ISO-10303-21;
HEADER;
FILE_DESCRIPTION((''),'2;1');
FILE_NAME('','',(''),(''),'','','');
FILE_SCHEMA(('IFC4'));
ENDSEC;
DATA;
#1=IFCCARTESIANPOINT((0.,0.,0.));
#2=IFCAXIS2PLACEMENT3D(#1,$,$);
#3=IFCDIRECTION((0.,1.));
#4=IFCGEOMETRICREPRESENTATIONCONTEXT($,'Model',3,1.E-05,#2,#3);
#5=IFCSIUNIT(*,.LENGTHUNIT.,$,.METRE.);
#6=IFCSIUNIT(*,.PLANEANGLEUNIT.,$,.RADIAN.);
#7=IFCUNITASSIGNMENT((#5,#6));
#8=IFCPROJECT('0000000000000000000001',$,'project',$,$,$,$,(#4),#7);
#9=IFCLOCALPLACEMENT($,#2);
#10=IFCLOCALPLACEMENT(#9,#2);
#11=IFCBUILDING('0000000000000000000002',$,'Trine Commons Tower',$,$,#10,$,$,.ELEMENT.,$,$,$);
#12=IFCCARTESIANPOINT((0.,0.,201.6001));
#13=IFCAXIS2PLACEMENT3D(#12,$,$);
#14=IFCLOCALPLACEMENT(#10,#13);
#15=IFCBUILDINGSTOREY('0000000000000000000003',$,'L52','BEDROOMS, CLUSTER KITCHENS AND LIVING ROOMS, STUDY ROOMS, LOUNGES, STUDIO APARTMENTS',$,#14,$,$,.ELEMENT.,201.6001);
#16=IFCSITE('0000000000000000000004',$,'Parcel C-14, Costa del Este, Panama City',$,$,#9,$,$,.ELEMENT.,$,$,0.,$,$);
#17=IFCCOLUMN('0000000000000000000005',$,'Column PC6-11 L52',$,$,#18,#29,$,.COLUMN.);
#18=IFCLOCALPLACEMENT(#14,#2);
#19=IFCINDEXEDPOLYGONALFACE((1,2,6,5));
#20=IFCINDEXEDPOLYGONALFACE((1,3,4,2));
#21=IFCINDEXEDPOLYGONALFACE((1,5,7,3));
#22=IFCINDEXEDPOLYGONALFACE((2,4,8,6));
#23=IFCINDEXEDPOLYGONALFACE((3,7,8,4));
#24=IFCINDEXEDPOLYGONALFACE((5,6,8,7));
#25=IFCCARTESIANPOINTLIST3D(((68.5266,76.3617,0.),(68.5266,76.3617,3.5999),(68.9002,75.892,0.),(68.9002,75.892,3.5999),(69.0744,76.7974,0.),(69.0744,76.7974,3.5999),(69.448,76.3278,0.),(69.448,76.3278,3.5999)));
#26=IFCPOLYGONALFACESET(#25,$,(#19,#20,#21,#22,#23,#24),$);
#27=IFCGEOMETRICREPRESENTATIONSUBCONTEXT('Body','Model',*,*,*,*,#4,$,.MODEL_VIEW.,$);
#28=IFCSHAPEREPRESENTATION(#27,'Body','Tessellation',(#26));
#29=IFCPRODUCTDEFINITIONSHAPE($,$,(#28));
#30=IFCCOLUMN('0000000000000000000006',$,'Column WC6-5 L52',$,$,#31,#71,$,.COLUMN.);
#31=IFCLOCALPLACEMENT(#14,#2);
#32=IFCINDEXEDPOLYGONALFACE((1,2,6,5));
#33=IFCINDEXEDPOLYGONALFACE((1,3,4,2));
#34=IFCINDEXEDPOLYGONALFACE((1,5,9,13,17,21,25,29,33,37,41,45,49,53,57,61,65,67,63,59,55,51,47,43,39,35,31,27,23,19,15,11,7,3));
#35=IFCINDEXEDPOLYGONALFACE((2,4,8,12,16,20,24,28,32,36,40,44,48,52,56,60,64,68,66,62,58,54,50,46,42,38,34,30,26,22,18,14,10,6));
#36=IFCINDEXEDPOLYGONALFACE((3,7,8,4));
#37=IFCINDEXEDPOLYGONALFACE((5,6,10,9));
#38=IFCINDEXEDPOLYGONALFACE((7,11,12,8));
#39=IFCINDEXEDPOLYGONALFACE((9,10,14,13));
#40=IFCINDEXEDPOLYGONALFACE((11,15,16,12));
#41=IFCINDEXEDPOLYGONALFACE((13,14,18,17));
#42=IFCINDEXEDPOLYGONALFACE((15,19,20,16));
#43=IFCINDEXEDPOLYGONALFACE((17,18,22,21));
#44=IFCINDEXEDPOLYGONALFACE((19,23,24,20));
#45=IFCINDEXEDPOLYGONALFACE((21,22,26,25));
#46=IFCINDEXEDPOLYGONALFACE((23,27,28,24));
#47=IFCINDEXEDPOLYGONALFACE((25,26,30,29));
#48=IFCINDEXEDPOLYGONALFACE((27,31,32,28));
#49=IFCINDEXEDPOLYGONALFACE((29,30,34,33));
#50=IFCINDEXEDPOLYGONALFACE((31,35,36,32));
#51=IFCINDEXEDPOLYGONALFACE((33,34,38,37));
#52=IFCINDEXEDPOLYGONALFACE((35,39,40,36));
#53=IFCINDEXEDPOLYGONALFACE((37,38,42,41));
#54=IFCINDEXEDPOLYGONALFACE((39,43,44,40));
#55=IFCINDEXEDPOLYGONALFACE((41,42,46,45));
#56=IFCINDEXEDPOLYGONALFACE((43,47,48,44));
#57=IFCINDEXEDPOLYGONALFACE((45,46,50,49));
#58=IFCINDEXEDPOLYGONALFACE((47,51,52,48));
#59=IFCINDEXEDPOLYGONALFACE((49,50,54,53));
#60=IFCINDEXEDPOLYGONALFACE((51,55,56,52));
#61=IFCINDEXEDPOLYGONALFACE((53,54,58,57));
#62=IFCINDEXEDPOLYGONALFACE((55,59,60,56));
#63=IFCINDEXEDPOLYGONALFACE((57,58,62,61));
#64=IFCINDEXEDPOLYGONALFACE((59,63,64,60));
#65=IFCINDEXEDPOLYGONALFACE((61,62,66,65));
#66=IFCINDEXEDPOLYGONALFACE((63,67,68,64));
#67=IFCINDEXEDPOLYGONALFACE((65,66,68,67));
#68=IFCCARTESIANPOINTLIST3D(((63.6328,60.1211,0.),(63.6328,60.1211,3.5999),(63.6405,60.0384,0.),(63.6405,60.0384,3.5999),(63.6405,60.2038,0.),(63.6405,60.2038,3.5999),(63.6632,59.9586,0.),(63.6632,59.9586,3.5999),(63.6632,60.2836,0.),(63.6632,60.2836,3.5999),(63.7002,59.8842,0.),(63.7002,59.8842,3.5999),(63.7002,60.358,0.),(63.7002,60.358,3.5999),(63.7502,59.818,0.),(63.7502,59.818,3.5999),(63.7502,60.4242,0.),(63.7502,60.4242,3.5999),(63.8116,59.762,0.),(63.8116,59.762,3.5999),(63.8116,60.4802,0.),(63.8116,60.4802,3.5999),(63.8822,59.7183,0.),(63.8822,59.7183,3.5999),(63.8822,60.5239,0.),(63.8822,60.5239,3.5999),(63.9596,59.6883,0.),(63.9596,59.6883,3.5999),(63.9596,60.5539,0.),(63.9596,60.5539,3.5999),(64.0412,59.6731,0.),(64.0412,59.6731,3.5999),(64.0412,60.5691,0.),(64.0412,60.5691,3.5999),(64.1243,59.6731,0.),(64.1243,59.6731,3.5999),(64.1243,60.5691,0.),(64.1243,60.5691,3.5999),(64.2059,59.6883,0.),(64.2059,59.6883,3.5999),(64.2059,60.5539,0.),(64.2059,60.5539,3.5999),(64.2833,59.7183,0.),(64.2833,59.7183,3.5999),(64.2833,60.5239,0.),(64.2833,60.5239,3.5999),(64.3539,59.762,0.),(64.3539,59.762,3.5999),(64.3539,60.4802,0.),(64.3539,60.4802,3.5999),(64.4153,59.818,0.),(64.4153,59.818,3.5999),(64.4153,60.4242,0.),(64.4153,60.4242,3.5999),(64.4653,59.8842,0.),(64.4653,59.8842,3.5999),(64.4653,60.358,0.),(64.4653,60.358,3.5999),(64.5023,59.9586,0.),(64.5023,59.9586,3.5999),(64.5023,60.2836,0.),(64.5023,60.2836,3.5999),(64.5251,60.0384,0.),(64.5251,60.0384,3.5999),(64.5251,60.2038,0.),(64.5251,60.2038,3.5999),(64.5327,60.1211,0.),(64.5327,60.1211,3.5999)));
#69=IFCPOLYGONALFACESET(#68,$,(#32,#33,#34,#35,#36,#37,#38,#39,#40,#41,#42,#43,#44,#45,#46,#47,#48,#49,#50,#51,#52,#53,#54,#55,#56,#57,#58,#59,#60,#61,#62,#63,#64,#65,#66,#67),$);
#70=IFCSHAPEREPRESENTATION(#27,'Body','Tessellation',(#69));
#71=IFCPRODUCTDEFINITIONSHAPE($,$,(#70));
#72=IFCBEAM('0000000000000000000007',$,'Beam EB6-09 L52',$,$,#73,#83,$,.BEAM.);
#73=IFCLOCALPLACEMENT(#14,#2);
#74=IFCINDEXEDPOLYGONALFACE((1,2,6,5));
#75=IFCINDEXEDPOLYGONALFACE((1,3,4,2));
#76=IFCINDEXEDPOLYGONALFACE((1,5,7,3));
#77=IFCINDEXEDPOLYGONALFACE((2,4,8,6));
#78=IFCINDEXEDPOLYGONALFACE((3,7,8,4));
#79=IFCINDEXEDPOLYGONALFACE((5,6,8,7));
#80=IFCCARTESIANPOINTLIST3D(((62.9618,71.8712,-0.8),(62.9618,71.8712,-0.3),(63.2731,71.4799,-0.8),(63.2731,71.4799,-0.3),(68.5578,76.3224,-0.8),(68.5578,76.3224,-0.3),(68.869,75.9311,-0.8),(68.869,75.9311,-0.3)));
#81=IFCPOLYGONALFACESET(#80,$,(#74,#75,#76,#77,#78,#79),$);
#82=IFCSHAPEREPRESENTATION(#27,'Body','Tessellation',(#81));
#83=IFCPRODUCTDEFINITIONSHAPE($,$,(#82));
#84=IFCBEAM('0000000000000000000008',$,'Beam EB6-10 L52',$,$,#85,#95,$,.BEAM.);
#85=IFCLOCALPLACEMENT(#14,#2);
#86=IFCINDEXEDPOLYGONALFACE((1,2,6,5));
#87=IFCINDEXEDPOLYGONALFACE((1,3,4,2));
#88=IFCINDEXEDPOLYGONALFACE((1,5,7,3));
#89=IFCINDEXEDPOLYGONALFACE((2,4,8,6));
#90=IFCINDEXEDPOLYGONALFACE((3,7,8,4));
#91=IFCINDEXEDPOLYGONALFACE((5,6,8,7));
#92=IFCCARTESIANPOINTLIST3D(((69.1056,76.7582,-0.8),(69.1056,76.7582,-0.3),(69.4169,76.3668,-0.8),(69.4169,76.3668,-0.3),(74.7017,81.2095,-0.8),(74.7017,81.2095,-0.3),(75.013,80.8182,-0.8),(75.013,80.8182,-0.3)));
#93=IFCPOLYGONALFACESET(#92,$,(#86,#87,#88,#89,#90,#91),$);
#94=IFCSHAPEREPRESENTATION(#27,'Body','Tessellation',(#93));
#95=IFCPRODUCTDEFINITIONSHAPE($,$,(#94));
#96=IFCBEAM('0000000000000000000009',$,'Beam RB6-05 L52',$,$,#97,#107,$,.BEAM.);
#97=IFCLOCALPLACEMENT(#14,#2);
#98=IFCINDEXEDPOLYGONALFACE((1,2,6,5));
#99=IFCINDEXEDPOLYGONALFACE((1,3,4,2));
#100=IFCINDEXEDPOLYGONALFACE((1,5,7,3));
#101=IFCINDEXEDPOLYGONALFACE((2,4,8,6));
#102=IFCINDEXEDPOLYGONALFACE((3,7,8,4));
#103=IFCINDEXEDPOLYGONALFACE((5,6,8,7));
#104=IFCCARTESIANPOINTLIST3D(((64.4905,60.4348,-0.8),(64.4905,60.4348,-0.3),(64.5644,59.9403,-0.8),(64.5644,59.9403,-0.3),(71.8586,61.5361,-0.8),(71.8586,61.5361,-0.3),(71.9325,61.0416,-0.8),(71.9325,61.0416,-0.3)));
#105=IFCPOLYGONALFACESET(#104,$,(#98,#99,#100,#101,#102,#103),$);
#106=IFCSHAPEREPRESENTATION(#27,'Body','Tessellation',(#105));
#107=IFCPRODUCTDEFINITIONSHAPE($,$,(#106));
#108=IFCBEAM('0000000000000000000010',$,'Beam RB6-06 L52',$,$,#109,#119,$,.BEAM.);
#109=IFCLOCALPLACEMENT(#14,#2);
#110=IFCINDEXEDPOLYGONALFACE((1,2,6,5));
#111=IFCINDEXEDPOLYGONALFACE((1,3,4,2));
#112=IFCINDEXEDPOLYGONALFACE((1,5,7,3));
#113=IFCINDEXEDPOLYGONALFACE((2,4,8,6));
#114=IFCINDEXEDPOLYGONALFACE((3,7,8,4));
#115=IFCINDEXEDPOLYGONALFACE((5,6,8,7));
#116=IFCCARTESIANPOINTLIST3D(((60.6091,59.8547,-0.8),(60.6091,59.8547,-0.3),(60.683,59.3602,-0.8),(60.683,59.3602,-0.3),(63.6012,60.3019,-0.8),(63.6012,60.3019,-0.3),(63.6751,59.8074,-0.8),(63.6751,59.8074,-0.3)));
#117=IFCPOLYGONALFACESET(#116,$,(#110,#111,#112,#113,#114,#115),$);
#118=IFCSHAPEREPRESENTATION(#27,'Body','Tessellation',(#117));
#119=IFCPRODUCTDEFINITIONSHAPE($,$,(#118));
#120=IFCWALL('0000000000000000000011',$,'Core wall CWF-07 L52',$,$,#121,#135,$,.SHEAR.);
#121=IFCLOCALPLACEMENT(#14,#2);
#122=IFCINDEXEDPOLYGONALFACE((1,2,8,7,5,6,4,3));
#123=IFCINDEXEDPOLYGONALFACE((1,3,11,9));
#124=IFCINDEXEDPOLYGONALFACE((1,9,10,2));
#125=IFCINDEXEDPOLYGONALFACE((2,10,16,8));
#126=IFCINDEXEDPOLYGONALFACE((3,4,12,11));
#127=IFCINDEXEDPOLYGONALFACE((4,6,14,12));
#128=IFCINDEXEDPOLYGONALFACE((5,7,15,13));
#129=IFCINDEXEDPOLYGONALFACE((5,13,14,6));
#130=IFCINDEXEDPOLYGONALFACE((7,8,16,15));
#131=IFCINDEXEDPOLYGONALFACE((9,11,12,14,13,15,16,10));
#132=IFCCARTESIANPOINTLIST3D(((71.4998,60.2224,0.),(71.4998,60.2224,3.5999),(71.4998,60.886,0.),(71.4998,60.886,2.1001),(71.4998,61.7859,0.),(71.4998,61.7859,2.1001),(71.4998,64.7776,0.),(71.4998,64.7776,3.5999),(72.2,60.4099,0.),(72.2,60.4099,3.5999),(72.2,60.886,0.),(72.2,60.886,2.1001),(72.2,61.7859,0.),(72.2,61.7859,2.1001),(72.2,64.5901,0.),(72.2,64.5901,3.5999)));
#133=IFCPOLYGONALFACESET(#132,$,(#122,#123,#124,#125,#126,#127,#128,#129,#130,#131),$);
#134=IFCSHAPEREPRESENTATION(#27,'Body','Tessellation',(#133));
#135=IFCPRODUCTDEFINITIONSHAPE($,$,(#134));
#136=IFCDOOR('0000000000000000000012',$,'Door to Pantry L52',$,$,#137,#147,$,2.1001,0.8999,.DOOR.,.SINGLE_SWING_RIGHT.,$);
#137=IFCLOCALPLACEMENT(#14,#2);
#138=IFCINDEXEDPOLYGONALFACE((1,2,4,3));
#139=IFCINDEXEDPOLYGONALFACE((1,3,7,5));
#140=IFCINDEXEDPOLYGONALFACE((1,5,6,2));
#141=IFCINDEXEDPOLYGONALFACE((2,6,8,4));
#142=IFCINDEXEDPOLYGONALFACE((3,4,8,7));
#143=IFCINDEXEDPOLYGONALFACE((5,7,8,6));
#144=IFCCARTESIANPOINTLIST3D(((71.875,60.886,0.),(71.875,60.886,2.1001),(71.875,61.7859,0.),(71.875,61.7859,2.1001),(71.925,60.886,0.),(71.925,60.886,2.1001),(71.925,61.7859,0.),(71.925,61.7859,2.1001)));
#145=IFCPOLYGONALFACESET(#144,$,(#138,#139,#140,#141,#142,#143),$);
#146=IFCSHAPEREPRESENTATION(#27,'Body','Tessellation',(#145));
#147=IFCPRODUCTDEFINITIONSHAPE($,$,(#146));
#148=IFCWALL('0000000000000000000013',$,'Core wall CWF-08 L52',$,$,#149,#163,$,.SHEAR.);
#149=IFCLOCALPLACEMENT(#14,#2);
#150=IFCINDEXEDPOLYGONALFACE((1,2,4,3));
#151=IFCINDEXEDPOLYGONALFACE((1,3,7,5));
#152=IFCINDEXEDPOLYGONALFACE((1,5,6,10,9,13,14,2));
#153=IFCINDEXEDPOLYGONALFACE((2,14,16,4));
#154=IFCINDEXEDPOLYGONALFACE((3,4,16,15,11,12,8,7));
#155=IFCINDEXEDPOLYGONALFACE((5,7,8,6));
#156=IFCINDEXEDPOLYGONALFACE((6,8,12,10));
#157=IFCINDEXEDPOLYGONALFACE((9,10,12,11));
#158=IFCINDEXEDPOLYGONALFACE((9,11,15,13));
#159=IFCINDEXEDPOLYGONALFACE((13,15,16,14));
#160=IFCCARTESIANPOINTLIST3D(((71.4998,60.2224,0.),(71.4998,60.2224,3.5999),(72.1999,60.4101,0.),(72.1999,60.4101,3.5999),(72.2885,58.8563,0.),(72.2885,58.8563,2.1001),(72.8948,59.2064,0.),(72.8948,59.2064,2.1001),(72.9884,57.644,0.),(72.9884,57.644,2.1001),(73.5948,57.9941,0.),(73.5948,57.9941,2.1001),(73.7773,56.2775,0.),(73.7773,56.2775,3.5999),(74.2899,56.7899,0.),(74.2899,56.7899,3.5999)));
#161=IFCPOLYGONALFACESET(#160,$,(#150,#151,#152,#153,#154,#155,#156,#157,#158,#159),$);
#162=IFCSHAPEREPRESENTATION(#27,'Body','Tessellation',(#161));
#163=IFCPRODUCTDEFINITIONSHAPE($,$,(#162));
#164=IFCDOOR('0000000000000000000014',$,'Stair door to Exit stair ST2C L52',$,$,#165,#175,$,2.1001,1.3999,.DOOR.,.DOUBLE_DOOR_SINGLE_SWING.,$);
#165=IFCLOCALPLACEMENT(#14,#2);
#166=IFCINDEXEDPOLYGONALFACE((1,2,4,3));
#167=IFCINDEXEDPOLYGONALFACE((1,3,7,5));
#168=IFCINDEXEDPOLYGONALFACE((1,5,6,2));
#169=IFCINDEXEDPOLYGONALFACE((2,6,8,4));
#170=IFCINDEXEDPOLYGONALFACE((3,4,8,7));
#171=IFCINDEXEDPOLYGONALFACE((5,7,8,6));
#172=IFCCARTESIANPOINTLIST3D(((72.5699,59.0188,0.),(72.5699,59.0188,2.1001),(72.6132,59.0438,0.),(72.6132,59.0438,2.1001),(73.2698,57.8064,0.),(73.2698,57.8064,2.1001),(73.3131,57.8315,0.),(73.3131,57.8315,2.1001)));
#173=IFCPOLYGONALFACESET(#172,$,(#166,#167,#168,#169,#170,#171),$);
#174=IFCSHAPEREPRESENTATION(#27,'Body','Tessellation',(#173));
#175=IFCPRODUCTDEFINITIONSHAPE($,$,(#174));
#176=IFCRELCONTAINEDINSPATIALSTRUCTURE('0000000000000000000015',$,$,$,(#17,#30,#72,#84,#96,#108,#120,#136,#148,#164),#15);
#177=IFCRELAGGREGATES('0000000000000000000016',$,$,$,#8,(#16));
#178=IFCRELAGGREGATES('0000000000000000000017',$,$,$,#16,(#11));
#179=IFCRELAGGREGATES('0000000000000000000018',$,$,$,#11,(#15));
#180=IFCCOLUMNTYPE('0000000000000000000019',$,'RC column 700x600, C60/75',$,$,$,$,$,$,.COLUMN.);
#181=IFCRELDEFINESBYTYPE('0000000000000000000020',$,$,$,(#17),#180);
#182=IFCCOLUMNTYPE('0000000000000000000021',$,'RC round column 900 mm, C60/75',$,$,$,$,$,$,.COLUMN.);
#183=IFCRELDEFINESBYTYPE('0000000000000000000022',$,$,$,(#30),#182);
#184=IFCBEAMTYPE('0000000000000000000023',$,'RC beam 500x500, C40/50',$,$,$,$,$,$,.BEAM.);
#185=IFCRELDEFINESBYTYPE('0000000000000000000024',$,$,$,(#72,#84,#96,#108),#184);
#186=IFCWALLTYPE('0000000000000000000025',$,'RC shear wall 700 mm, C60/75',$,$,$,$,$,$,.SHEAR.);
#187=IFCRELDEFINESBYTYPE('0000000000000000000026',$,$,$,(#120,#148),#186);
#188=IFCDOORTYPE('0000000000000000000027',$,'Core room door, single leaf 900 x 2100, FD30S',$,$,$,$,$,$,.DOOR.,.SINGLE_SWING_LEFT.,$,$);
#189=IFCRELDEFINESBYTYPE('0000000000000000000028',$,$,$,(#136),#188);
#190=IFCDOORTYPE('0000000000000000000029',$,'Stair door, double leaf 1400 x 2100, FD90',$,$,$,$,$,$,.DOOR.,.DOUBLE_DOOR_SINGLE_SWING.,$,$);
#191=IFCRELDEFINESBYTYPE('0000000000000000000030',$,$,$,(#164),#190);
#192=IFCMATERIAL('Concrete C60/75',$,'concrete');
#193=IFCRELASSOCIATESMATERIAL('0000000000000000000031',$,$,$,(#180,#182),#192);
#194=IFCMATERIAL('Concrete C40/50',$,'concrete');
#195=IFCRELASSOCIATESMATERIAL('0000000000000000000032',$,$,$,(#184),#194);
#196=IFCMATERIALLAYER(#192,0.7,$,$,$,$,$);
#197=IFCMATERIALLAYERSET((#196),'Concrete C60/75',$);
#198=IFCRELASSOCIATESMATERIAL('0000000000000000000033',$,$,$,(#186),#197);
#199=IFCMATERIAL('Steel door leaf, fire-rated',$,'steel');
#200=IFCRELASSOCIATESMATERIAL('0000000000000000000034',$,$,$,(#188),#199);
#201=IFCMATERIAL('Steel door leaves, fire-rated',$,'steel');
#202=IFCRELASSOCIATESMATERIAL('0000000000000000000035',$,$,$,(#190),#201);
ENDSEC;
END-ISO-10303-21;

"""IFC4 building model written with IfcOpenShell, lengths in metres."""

from ifc_helpers import new_model, si_unit, direction, frame, frame_2d, origin, origin_2d, place, context, subcontext, project, spatial, polyline, rectangle, circle, outline, extrude, material, layer, layer_set, material_profile, profile_set, type_object, element, fill, save


model = new_model("IFC4")

# Units and contexts
model_context = context("Model", 3, precision=1e-05, world=origin(), true_north=direction((0.0, 1.0)))
body_context = subcontext(model_context, "Body", "Model", "MODEL_VIEW")
ifc_project = project(units=[si_unit("LENGTHUNIT", "METRE"), si_unit("PLANEANGLEUNIT", "RADIAN")], contexts=[model_context])

# Site, building, storey
site_placement = place(None, origin())
site = spatial("IfcSite", under=ifc_project, at=site_placement, Name="Parcel C-14, Costa del Este, Panama City", CompositionType="ELEMENT", RefElevation=0.0)
building_placement = place(site_placement, origin())
building = spatial("IfcBuilding", under=site, at=building_placement, Name="Trine Commons Tower", CompositionType="ELEMENT")
storey_placement = place(building_placement, frame((0.0, 0.0, 201.6001)))
storey = spatial("IfcBuildingStorey", under=building, at=storey_placement, Name="L52", Description="BEDROOMS, CLUSTER KITCHENS AND LIVING ROOMS, STUDY ROOMS, LOUNGES, STUDIO APARTMENTS", CompositionType="ELEMENT", Elevation=201.6001)

# Columns
ifc_material_1 = material(Name="Concrete C60/75", Category="concrete")
ifc_material_profile_1 = material_profile(ifc_material_1, rectangle(XDim=0.7, YDim=0.6001, at=origin_2d()), Name="RC 700x600")
ifc_profile_set_1 = profile_set([ifc_material_profile_1], Name="Concrete C60/75")
column_type_1 = type_object("IfcColumnType", Name="RC column 700x600, C60/75", PredefinedType="COLUMN", material=ifc_profile_set_1)
column_1_placement = place(storey_placement, frame((68.9873, 76.3447, 0.0), z_axis=(0.0, 0.0, 1.0), x_axis=(0.782608, 0.622515, 0.0)))
element("IfcColumn", 1, at=column_1_placement, inside=storey, type_object=column_type_1, Name="Column PC6-11 L52", PredefinedType="COLUMN", context=body_context, shape_type="SweptSolid", body=[
    extrude(rectangle(XDim=0.7, YDim=0.6001, at=origin_2d()), origin(), (0.0, 0.0, 1.0), 3.5999),
])
ifc_material_profile_2 = material_profile(ifc_material_1, circle(Radius=0.45, at=origin_2d()), Name="RC round 900")
ifc_profile_set_2 = profile_set([ifc_material_profile_2], Name="Concrete C60/75")
column_type_2 = type_object("IfcColumnType", Name="RC round column 900 mm, C60/75", PredefinedType="COLUMN", material=ifc_profile_set_2)
column_2_placement = place(storey_placement, frame((64.0828, 60.1211, 0.0), z_axis=(0.0, 0.0, 1.0), x_axis=(1.0, 0.0, 0.0)))
element("IfcColumn", 2, at=column_2_placement, inside=storey, type_object=column_type_2, Name="Column WC6-5 L52", PredefinedType="COLUMN", context=body_context, shape_type="SweptSolid", body=[
    extrude(circle(Radius=0.45, at=origin_2d()), origin(), (0.0, 0.0, 1.0), 3.5999),
])

# Beams
ifc_material_2 = material(Name="Concrete C40/50", Category="concrete")
ifc_material_profile_3 = material_profile(ifc_material_2, rectangle(XDim=0.5, YDim=0.5, at=origin_2d()), Name="RC 500x500")
ifc_profile_set_3 = profile_set([ifc_material_profile_3], Name="Concrete C40/50")
beam_type = type_object("IfcBeamType", Name="RC beam 500x500, C40/50", PredefinedType="BEAM", material=ifc_profile_set_3)
beam_1_placement = place(storey_placement, frame((63.1174, 71.6755, -0.55), z_axis=(0.782611, 0.622511, 0.0), x_axis=(-0.622511, 0.782611, 0.0)))
element("IfcBeam", 3, at=beam_1_placement, inside=storey, type_object=beam_type, Name="Beam EB6-09 L52", PredefinedType="BEAM", context=body_context, shape_type="SweptSolid", body=[
    extrude(rectangle(XDim=0.5, YDim=0.5, at=origin_2d()), origin(), (0.0, 0.0, 1.0), 7.1504),
])
beam_2_placement = place(storey_placement, frame((69.2612, 76.5625, -0.55), z_axis=(0.782608, 0.622515, 0.0), x_axis=(-0.622515, 0.782608, 0.0)))
element("IfcBeam", 4, at=beam_2_placement, inside=storey, type_object=beam_type, Name="Beam EB6-10 L52", PredefinedType="BEAM", context=body_context, shape_type="SweptSolid", body=[
    extrude(rectangle(XDim=0.5, YDim=0.5, at=origin_2d()), origin(), (0.0, 0.0, 1.0), 7.1506),
])
beam_3_placement = place(storey_placement, frame((71.8955, 61.2888, -0.55), z_axis=(-0.989013, -0.147828, 0.0), x_axis=(0.147828, -0.989013, 0.0)))
element("IfcBeam", 5, at=beam_3_placement, inside=storey, type_object=beam_type, Name="Beam RB6-05 L52", PredefinedType="BEAM", context=body_context, shape_type="SweptSolid", body=[
    extrude(rectangle(XDim=0.5, YDim=0.5, at=origin_2d()), origin(), (0.0, 0.0, 1.0), 7.45),
])
beam_4_placement = place(storey_placement, frame((63.6382, 60.0547, -0.55), z_axis=(-0.989012, -0.147835, 0.0), x_axis=(0.147835, -0.989012, 0.0)))
element("IfcBeam", 6, at=beam_4_placement, inside=storey, type_object=beam_type, Name="Beam RB6-06 L52", PredefinedType="BEAM", context=body_context, shape_type="SweptSolid", body=[
    extrude(rectangle(XDim=0.5, YDim=0.5, at=origin_2d()), origin(), (0.0, 0.0, 1.0), 3.0254),
])

# Walls, openings, doors
ifc_layer_1 = layer(ifc_material_1, 0.7)
ifc_layer_set_1 = layer_set([ifc_layer_1], Name="Concrete C60/75")
wall_type_1 = type_object("IfcWallType", Name="RC shear wall 700 mm, C60/75", PredefinedType="SHEAR", material=ifc_layer_set_1)
wall_1_placement = place(storey_placement, frame((71.8499, 64.7776, 0.0), z_axis=(0.0, 0.0, 1.0), x_axis=(0.0, -1.0, 0.0)))
wall_1 = element("IfcWall", 7, at=wall_1_placement, inside=storey, type_object=wall_type_1, Name="Core wall CWF-07 L52", PredefinedType="SHEAR", context=body_context, shape_type="SweptSolid", body=[
    extrude(outline(polyline([(0.0, -0.3501), (4.5552, -0.3501), (4.3677, 0.3501), (0.1875, 0.3501), (0.0, -0.3501)])), origin(), (0.0, 0.0, 1.0), 3.5999),
])
opening_1_placement = place(wall_1_placement, frame((2.9917, 0.0, 0.0)))
opening_1 = element("IfcOpeningElement", 8, at=opening_1_placement, cuts=wall_1, PredefinedType="OPENING", context=body_context, shape_type="SweptSolid", body=[
    extrude(rectangle(XDim=0.8999, YDim=2.1001, at=frame_2d((0.45, 1.05))), frame((0.0, 0.3599, 0.0), z_axis=(0.0, -1.0, 0.0), x_axis=(1.0, 0.0, 0.0)), (0.0, 0.0, 1.0), 0.72),
])
ifc_material_3 = material(Name="Steel door leaf, fire-rated", Category="steel")
door_type_1 = type_object("IfcDoorType", Name="Core room door, single leaf 900 x 2100, FD30S", OperationType="SINGLE_SWING_LEFT", PredefinedType="DOOR", material=ifc_material_3)
door_1_placement = place(opening_1_placement, origin())
door_1 = element("IfcDoor", 9, at=door_1_placement, inside=storey, type_object=door_type_1, Name="Door to Pantry L52", OperationType="SINGLE_SWING_RIGHT", OverallHeight=2.1001, OverallWidth=0.8999, PredefinedType="DOOR", context=body_context, shape_type="SweptSolid", body=[
    extrude(rectangle(XDim=0.8999, YDim=2.1001, at=frame_2d((0.45, 1.05))), frame((0.0, 0.0752, 0.0), z_axis=(0.0, -1.0, 0.0), x_axis=(1.0, 0.0, 0.0)), (0.0, 0.0, 1.0), 0.05),
])
fill(opening_1, door_1)
wall_2_placement = place(storey_placement, frame((71.803, 60.3975, 0.0), z_axis=(0.0, 0.0, 1.0), x_axis=(0.499984, -0.866035, 0.0)))
wall_2 = element("IfcWall", 10, at=wall_2_placement, inside=storey, type_object=wall_type_1, Name="Core wall CWF-08 L52", PredefinedType="SHEAR", context=body_context, shape_type="SweptSolid", body=[
    extrude(outline(polyline([(0.0, -0.3501), (4.5552, -0.3501), (4.3677, 0.3501), (0.1875, 0.3501), (0.0, -0.3501)])), origin(), (0.0, 0.0, 1.0), 3.5999),
])
opening_2_placement = place(wall_2_placement, frame((1.5774, 0.0, 0.0)))
opening_2 = element("IfcOpeningElement", 11, at=opening_2_placement, cuts=wall_2, PredefinedType="OPENING", context=body_context, shape_type="SweptSolid", body=[
    extrude(rectangle(XDim=1.3999, YDim=2.1001, at=frame_2d((0.7, 1.05))), frame((0.0, 0.3599, 0.0), z_axis=(0.0, -1.0, 0.0), x_axis=(1.0, 0.0, 0.0)), (0.0, 0.0, 1.0), 0.72),
])
ifc_material_4 = material(Name="Steel door leaves, fire-rated", Category="steel")
door_type_2 = type_object("IfcDoorType", Name="Stair door, double leaf 1400 x 2100, FD90", OperationType="DOUBLE_DOOR_SINGLE_SWING", PredefinedType="DOOR", material=ifc_material_4)
door_2_placement = place(opening_2_placement, origin())
door_2 = element("IfcDoor", 12, at=door_2_placement, inside=storey, type_object=door_type_2, Name="Stair door to Exit stair ST2C L52", OperationType="DOUBLE_DOOR_SINGLE_SWING", OverallHeight=2.1001, OverallWidth=1.3999, PredefinedType="DOOR", context=body_context, shape_type="SweptSolid", body=[
    extrude(rectangle(XDim=1.3999, YDim=2.1001, at=frame_2d((0.7, 1.05))), frame((0.0, 0.0249, 0.0), z_axis=(0.0, -1.0, 0.0), x_axis=(1.0, 0.0, 0.0)), (0.0, 0.0, 1.0), 0.05),
])
fill(opening_2, door_2)

save(model, "model.ifc")
